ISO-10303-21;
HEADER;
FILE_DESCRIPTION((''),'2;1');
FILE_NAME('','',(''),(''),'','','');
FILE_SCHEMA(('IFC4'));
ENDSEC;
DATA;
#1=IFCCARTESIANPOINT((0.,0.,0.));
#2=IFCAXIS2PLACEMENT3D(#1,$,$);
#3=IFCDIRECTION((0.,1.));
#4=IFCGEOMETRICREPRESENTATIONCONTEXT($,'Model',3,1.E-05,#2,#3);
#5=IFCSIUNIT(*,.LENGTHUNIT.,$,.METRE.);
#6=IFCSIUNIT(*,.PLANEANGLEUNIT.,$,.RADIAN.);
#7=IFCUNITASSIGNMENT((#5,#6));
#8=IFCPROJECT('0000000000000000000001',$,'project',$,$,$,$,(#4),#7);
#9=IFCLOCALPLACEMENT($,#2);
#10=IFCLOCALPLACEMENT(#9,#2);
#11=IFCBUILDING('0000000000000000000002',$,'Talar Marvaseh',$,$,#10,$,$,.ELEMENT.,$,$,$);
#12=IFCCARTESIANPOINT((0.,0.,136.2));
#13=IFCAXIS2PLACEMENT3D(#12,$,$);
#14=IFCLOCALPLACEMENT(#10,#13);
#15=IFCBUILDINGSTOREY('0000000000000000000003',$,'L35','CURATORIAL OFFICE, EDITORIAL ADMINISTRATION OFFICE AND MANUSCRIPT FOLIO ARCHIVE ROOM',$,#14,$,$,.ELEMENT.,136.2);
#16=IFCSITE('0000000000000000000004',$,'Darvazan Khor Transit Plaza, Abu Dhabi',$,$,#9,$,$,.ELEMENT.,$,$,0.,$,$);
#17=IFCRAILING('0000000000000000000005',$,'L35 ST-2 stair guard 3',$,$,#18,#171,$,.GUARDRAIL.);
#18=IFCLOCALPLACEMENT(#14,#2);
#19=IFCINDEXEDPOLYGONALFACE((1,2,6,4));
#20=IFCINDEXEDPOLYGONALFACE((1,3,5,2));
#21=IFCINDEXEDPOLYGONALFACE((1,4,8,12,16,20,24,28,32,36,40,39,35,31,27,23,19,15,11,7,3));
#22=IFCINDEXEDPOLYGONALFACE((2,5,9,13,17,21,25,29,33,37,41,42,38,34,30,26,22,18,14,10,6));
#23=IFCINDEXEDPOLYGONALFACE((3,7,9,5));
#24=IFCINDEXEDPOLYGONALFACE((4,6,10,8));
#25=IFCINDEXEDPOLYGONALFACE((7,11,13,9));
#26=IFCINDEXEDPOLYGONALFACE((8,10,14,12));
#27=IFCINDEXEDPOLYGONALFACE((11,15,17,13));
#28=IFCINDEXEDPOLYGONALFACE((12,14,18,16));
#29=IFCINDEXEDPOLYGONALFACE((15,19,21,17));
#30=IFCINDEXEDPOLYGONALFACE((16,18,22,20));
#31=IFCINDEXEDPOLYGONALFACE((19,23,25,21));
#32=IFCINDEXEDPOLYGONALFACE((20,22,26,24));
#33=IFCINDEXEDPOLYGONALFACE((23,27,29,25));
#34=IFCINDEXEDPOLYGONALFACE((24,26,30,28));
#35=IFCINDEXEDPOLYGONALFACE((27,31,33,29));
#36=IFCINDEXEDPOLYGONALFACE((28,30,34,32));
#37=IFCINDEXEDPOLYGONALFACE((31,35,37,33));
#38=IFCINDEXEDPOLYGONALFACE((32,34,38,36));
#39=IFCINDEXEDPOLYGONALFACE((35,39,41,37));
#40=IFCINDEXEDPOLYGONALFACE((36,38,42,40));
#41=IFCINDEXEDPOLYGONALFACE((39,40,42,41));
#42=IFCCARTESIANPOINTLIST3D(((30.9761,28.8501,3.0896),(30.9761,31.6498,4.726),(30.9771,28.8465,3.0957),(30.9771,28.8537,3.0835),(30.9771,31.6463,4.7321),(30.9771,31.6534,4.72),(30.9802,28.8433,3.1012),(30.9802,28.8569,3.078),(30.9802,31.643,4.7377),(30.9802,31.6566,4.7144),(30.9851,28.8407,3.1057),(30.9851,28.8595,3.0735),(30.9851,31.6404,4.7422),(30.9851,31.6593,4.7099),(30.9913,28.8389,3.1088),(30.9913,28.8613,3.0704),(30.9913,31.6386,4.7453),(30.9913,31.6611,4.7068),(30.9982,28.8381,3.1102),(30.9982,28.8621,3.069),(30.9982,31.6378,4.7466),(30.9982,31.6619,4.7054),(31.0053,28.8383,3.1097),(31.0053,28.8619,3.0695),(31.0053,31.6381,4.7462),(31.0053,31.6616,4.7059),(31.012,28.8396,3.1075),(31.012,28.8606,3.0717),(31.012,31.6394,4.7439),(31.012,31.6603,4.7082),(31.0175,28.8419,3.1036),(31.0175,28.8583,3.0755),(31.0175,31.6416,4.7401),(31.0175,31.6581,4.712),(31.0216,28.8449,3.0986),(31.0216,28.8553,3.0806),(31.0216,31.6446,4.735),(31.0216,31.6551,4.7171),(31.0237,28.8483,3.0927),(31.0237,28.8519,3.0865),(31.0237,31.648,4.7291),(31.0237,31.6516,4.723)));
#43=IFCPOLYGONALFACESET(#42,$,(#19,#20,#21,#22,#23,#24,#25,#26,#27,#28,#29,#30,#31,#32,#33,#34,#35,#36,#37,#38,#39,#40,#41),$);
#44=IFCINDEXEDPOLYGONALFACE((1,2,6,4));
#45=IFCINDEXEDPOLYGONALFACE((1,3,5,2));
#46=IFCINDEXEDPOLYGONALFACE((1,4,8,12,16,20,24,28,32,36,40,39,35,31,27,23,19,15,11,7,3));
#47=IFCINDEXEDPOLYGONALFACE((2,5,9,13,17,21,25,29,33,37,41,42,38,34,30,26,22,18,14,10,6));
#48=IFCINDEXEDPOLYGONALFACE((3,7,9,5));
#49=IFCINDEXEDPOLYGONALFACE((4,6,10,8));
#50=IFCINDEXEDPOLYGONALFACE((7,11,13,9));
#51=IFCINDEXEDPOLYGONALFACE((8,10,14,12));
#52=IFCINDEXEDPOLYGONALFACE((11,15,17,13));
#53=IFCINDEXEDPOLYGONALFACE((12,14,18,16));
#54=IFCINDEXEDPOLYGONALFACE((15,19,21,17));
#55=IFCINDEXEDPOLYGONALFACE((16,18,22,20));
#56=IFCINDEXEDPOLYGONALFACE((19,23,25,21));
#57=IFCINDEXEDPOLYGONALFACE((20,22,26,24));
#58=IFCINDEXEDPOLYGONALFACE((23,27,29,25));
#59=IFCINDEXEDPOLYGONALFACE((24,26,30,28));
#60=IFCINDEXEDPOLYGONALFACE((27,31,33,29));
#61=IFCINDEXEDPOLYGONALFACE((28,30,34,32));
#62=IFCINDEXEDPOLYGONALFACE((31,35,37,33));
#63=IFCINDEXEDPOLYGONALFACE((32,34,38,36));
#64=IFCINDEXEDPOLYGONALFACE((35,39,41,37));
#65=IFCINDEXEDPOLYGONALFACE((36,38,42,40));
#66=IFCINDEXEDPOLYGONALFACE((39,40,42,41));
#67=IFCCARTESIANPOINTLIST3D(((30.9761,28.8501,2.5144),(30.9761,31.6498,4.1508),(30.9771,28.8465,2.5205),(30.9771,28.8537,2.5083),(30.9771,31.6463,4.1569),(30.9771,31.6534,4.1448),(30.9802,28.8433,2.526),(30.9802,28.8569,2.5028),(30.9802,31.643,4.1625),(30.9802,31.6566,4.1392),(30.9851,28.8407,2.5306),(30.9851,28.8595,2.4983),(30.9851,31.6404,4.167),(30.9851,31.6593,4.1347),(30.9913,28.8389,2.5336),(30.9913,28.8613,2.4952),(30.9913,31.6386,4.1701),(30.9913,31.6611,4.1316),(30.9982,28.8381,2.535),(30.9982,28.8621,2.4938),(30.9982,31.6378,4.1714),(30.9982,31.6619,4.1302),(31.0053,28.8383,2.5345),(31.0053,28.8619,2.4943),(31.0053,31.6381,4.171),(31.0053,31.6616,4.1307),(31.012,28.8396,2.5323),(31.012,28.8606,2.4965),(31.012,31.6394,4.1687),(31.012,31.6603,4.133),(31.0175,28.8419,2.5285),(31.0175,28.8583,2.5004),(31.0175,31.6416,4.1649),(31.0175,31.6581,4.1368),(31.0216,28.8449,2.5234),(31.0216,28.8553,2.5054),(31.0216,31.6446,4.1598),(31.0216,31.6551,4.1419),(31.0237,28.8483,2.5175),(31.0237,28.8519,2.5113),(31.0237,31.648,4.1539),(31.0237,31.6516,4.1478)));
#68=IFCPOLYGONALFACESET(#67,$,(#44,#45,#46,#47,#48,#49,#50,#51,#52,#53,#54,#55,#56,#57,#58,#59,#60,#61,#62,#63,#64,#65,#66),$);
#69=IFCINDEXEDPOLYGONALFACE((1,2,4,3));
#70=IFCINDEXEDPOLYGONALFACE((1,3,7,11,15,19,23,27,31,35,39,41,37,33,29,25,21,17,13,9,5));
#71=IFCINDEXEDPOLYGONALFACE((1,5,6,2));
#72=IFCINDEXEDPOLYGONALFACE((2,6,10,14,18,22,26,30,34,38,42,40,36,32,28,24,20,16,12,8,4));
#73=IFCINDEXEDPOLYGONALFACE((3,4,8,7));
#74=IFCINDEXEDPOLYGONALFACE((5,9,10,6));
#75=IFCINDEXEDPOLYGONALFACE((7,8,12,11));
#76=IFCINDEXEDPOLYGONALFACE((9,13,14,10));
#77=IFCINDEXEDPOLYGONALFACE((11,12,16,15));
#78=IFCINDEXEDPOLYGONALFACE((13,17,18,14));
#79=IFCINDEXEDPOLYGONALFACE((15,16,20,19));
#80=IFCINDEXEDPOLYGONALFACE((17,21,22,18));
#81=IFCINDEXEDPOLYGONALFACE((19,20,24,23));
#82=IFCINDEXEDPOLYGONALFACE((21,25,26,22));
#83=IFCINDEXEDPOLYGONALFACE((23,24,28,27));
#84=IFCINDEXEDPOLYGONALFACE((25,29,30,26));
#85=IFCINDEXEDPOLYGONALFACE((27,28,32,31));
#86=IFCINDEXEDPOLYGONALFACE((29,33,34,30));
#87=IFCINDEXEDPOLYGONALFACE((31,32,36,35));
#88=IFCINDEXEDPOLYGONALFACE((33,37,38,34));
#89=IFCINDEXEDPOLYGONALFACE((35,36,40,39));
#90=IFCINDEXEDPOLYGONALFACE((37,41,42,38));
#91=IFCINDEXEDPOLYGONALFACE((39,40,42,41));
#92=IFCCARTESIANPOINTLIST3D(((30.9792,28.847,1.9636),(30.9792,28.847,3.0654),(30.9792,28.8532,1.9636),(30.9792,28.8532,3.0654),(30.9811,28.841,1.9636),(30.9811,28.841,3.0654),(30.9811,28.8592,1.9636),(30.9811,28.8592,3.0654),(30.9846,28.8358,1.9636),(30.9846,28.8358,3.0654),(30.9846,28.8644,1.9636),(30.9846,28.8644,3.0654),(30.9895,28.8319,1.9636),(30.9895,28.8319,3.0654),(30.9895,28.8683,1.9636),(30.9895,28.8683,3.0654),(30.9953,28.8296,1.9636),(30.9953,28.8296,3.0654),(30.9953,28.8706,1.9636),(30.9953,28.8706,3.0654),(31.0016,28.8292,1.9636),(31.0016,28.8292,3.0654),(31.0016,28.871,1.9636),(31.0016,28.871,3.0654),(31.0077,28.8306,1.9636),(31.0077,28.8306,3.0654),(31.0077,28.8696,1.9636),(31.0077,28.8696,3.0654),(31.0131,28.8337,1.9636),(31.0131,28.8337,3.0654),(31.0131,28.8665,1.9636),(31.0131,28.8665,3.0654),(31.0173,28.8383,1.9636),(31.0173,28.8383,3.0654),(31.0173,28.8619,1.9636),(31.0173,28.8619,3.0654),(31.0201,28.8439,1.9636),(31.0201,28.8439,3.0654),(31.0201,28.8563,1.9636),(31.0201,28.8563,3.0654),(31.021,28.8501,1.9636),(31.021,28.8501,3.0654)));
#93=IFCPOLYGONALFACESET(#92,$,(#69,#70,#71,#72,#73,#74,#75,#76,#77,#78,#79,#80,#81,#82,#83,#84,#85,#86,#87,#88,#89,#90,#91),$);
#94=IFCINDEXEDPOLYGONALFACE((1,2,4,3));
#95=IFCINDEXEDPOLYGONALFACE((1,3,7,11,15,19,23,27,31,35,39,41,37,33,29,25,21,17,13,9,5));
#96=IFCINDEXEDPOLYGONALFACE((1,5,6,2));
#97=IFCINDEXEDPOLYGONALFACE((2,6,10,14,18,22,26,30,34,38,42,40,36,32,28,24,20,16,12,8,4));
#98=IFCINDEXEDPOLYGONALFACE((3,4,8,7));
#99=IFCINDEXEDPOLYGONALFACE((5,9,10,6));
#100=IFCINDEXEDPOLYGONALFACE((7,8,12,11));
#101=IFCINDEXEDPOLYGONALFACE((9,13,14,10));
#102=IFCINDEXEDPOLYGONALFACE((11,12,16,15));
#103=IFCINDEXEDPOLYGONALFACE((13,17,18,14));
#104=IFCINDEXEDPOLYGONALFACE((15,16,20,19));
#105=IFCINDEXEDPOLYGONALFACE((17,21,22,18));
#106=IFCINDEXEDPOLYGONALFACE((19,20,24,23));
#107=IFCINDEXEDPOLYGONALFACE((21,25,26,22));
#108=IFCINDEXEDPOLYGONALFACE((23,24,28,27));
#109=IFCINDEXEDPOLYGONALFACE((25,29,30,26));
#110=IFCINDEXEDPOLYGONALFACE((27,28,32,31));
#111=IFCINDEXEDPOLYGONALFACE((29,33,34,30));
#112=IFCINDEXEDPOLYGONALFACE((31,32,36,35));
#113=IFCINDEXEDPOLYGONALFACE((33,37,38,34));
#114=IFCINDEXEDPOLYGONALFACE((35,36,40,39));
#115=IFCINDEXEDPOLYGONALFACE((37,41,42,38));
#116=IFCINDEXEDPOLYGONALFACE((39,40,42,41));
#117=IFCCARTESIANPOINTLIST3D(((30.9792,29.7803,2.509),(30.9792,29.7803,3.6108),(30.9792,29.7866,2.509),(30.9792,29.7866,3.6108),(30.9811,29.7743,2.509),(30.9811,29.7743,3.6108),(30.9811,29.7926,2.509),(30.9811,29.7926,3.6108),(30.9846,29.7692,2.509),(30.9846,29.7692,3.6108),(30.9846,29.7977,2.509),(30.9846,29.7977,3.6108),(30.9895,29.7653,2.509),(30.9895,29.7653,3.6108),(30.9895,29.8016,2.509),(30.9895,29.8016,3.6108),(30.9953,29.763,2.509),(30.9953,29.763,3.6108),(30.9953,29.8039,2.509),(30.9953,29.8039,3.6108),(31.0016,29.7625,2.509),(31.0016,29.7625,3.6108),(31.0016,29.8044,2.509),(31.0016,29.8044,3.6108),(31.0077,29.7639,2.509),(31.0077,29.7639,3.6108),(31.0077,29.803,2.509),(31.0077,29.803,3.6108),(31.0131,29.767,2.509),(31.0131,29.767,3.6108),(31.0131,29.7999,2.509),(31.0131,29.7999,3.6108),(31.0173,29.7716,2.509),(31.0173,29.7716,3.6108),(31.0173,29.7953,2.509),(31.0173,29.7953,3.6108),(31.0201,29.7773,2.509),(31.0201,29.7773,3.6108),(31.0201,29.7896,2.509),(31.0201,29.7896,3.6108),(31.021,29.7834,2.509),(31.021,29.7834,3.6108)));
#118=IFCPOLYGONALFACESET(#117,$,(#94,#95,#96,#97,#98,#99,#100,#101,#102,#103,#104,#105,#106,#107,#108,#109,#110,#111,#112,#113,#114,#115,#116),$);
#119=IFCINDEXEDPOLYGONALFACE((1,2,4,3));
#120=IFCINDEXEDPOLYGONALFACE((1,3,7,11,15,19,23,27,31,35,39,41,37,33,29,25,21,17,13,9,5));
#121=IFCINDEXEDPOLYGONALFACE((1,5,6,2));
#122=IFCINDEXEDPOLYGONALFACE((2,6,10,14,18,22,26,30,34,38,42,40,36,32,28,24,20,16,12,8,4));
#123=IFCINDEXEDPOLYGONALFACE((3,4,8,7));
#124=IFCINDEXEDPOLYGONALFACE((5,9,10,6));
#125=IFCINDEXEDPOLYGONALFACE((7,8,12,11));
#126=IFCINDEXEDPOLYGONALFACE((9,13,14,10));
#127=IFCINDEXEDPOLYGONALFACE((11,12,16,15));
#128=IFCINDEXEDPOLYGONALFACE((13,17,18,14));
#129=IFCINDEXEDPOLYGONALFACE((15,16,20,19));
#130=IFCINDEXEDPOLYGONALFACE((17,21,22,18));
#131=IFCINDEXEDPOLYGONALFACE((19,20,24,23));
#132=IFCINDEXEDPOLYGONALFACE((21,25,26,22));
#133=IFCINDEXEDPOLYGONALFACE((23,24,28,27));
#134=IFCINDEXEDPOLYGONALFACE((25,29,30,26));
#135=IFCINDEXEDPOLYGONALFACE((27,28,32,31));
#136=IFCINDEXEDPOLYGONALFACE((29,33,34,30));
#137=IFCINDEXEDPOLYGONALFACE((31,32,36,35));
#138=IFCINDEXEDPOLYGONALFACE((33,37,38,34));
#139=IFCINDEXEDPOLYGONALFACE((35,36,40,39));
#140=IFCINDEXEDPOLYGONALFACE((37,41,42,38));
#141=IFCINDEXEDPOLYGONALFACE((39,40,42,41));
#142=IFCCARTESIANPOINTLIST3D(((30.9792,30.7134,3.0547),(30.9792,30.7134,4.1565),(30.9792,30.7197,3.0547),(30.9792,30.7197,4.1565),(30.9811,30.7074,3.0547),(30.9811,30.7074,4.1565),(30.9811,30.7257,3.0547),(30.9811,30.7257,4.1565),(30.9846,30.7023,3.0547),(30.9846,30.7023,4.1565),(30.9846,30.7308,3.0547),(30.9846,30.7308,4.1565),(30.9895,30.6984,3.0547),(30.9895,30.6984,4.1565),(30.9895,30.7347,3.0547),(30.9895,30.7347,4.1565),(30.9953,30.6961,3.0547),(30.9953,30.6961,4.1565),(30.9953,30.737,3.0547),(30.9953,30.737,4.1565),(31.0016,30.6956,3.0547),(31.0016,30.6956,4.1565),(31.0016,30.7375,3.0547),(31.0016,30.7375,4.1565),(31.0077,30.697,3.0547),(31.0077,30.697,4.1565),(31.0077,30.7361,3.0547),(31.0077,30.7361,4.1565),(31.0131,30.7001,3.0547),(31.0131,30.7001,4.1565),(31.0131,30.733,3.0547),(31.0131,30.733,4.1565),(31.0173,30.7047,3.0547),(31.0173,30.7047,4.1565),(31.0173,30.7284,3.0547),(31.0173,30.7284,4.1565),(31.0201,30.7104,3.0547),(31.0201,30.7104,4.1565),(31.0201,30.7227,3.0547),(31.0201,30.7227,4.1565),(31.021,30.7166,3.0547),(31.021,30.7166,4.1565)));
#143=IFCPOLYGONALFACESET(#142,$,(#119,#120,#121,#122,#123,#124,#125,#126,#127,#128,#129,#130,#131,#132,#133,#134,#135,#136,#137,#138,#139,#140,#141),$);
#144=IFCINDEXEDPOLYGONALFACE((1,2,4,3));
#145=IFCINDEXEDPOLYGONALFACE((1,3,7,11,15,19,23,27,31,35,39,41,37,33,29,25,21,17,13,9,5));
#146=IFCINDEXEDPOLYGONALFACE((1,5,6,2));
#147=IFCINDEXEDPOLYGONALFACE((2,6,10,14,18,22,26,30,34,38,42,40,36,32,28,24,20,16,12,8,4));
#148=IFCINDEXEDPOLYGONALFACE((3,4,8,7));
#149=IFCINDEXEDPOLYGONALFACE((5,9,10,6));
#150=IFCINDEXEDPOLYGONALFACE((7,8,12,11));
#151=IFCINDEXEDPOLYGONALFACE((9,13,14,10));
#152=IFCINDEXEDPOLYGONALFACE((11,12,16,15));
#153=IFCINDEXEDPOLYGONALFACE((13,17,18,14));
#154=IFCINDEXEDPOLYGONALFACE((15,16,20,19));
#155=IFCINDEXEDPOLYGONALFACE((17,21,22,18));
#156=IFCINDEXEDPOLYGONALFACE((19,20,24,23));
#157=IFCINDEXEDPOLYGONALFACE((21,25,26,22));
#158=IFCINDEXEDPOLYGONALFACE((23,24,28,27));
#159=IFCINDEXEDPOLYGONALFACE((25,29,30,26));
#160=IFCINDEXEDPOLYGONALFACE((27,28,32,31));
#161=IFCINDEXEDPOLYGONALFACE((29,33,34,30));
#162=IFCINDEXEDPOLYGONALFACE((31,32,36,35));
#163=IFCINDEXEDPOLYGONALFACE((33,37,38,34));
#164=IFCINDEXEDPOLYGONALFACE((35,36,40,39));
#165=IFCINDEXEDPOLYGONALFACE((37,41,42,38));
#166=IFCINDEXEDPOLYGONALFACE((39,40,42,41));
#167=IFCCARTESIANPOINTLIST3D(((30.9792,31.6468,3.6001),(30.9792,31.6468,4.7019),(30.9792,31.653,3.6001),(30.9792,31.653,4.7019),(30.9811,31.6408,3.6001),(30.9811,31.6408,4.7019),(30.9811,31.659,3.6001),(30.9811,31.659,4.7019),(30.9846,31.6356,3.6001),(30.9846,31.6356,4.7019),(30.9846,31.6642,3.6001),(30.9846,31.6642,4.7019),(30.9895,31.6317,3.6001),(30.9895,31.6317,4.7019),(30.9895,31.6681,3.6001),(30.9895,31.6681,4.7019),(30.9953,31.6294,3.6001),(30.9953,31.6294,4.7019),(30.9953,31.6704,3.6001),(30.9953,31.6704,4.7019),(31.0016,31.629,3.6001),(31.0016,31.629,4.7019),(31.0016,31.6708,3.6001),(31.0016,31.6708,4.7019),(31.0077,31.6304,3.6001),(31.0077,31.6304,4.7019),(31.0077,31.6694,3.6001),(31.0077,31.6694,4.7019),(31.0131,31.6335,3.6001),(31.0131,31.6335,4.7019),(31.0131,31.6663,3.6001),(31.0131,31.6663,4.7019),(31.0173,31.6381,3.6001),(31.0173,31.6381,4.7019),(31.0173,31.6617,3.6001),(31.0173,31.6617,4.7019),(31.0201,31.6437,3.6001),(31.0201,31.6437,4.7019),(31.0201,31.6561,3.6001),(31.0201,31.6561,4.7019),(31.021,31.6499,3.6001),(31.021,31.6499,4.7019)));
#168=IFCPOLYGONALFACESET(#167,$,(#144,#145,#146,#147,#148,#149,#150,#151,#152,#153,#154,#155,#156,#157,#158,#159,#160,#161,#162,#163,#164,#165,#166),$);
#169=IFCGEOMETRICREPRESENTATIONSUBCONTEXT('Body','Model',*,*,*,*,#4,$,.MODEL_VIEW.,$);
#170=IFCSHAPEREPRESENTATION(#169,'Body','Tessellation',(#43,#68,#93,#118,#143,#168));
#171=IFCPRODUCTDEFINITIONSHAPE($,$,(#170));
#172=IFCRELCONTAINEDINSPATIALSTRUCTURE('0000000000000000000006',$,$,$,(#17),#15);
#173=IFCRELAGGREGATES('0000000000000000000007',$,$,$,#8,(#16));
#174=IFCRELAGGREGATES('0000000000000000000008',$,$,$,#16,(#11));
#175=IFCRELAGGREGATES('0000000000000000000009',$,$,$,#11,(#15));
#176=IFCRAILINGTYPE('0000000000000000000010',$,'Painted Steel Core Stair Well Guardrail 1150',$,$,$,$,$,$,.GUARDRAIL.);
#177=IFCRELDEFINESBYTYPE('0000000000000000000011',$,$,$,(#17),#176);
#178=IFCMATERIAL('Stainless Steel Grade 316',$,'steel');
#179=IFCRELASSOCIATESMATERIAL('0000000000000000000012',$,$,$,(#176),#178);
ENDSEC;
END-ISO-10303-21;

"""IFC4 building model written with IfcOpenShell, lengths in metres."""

from ifc_helpers import new_model, si_unit, direction, frame, origin, origin_2d, place, context, subcontext, project, spatial, circle, extrude, material, type_object, element, save


model = new_model("IFC4")

# Units and contexts
model_context = context("Model", 3, precision=1e-05, world=origin(), true_north=direction((0.0, 1.0)))
body_context = subcontext(model_context, "Body", "Model", "MODEL_VIEW")
ifc_project = project(units=[si_unit("LENGTHUNIT", "METRE"), si_unit("PLANEANGLEUNIT", "RADIAN")], contexts=[model_context])

# Site, building, storey
site_placement = place(None, origin())
site = spatial("IfcSite", under=ifc_project, at=site_placement, Name="Darvazan Khor Transit Plaza, Abu Dhabi", CompositionType="ELEMENT", RefElevation=0.0)
building_placement = place(site_placement, origin())
building = spatial("IfcBuilding", under=site, at=building_placement, Name="Talar Marvaseh", CompositionType="ELEMENT")
storey_placement = place(building_placement, frame((0.0, 0.0, 136.2)))
storey = spatial("IfcBuildingStorey", under=building, at=storey_placement, Name="L35", Description="CURATORIAL OFFICE, EDITORIAL ADMINISTRATION OFFICE AND MANUSCRIPT FOLIO ARCHIVE ROOM", CompositionType="ELEMENT", Elevation=136.2)

# Shared definitions
ifc_material_1 = material(Name="Stainless Steel Grade 316", Category="steel")

# Railing
railing_type_1 = type_object("IfcRailingType", Name="Painted Steel Core Stair Well Guardrail 1150", PredefinedType="GUARDRAIL", material=ifc_material_1)
railing_1_placement = place(storey_placement, frame((31.0, 28.8501, 1.9636)))
element("IfcRailing", 1, at=railing_1_placement, inside=storey, type_object=railing_type_1, Name="L35 ST-2 stair guard 3", PredefinedType="GUARDRAIL", context=body_context, shape_type="SweptSolid", body=[
    extrude(circle(Radius=0.0239, at=origin_2d()), frame((0.0, 0.0, 1.126), z_axis=(0.0, 0.863342, 0.50462), x_axis=(-1.0, 0.0, 0.0)), (0.0, 0.0, 1.0), 3.2429),
    extrude(circle(Radius=0.0239, at=origin_2d()), frame((0.0, 0.0, 0.5508), z_axis=(0.0, 0.863342, 0.50462), x_axis=(-1.0, 0.0, 0.0)), (0.0, 0.0, 1.0), 3.2429),
    extrude(circle(Radius=0.021, at=origin_2d()), origin(), (0.0, 0.0, 1.0), 1.1018),
    extrude(circle(Radius=0.021, at=origin_2d()), frame((0.0, 0.9333, 0.5454)), (0.0, 0.0, 1.0), 1.1018),
    extrude(circle(Radius=0.021, at=origin_2d()), frame((0.0, 1.8665, 1.0911)), (0.0, 0.0, 1.0), 1.1018),
    extrude(circle(Radius=0.021, at=origin_2d()), frame((0.0, 2.7998, 1.6365)), (0.0, 0.0, 1.0), 1.1018),
])

save(model, "model.ifc")
